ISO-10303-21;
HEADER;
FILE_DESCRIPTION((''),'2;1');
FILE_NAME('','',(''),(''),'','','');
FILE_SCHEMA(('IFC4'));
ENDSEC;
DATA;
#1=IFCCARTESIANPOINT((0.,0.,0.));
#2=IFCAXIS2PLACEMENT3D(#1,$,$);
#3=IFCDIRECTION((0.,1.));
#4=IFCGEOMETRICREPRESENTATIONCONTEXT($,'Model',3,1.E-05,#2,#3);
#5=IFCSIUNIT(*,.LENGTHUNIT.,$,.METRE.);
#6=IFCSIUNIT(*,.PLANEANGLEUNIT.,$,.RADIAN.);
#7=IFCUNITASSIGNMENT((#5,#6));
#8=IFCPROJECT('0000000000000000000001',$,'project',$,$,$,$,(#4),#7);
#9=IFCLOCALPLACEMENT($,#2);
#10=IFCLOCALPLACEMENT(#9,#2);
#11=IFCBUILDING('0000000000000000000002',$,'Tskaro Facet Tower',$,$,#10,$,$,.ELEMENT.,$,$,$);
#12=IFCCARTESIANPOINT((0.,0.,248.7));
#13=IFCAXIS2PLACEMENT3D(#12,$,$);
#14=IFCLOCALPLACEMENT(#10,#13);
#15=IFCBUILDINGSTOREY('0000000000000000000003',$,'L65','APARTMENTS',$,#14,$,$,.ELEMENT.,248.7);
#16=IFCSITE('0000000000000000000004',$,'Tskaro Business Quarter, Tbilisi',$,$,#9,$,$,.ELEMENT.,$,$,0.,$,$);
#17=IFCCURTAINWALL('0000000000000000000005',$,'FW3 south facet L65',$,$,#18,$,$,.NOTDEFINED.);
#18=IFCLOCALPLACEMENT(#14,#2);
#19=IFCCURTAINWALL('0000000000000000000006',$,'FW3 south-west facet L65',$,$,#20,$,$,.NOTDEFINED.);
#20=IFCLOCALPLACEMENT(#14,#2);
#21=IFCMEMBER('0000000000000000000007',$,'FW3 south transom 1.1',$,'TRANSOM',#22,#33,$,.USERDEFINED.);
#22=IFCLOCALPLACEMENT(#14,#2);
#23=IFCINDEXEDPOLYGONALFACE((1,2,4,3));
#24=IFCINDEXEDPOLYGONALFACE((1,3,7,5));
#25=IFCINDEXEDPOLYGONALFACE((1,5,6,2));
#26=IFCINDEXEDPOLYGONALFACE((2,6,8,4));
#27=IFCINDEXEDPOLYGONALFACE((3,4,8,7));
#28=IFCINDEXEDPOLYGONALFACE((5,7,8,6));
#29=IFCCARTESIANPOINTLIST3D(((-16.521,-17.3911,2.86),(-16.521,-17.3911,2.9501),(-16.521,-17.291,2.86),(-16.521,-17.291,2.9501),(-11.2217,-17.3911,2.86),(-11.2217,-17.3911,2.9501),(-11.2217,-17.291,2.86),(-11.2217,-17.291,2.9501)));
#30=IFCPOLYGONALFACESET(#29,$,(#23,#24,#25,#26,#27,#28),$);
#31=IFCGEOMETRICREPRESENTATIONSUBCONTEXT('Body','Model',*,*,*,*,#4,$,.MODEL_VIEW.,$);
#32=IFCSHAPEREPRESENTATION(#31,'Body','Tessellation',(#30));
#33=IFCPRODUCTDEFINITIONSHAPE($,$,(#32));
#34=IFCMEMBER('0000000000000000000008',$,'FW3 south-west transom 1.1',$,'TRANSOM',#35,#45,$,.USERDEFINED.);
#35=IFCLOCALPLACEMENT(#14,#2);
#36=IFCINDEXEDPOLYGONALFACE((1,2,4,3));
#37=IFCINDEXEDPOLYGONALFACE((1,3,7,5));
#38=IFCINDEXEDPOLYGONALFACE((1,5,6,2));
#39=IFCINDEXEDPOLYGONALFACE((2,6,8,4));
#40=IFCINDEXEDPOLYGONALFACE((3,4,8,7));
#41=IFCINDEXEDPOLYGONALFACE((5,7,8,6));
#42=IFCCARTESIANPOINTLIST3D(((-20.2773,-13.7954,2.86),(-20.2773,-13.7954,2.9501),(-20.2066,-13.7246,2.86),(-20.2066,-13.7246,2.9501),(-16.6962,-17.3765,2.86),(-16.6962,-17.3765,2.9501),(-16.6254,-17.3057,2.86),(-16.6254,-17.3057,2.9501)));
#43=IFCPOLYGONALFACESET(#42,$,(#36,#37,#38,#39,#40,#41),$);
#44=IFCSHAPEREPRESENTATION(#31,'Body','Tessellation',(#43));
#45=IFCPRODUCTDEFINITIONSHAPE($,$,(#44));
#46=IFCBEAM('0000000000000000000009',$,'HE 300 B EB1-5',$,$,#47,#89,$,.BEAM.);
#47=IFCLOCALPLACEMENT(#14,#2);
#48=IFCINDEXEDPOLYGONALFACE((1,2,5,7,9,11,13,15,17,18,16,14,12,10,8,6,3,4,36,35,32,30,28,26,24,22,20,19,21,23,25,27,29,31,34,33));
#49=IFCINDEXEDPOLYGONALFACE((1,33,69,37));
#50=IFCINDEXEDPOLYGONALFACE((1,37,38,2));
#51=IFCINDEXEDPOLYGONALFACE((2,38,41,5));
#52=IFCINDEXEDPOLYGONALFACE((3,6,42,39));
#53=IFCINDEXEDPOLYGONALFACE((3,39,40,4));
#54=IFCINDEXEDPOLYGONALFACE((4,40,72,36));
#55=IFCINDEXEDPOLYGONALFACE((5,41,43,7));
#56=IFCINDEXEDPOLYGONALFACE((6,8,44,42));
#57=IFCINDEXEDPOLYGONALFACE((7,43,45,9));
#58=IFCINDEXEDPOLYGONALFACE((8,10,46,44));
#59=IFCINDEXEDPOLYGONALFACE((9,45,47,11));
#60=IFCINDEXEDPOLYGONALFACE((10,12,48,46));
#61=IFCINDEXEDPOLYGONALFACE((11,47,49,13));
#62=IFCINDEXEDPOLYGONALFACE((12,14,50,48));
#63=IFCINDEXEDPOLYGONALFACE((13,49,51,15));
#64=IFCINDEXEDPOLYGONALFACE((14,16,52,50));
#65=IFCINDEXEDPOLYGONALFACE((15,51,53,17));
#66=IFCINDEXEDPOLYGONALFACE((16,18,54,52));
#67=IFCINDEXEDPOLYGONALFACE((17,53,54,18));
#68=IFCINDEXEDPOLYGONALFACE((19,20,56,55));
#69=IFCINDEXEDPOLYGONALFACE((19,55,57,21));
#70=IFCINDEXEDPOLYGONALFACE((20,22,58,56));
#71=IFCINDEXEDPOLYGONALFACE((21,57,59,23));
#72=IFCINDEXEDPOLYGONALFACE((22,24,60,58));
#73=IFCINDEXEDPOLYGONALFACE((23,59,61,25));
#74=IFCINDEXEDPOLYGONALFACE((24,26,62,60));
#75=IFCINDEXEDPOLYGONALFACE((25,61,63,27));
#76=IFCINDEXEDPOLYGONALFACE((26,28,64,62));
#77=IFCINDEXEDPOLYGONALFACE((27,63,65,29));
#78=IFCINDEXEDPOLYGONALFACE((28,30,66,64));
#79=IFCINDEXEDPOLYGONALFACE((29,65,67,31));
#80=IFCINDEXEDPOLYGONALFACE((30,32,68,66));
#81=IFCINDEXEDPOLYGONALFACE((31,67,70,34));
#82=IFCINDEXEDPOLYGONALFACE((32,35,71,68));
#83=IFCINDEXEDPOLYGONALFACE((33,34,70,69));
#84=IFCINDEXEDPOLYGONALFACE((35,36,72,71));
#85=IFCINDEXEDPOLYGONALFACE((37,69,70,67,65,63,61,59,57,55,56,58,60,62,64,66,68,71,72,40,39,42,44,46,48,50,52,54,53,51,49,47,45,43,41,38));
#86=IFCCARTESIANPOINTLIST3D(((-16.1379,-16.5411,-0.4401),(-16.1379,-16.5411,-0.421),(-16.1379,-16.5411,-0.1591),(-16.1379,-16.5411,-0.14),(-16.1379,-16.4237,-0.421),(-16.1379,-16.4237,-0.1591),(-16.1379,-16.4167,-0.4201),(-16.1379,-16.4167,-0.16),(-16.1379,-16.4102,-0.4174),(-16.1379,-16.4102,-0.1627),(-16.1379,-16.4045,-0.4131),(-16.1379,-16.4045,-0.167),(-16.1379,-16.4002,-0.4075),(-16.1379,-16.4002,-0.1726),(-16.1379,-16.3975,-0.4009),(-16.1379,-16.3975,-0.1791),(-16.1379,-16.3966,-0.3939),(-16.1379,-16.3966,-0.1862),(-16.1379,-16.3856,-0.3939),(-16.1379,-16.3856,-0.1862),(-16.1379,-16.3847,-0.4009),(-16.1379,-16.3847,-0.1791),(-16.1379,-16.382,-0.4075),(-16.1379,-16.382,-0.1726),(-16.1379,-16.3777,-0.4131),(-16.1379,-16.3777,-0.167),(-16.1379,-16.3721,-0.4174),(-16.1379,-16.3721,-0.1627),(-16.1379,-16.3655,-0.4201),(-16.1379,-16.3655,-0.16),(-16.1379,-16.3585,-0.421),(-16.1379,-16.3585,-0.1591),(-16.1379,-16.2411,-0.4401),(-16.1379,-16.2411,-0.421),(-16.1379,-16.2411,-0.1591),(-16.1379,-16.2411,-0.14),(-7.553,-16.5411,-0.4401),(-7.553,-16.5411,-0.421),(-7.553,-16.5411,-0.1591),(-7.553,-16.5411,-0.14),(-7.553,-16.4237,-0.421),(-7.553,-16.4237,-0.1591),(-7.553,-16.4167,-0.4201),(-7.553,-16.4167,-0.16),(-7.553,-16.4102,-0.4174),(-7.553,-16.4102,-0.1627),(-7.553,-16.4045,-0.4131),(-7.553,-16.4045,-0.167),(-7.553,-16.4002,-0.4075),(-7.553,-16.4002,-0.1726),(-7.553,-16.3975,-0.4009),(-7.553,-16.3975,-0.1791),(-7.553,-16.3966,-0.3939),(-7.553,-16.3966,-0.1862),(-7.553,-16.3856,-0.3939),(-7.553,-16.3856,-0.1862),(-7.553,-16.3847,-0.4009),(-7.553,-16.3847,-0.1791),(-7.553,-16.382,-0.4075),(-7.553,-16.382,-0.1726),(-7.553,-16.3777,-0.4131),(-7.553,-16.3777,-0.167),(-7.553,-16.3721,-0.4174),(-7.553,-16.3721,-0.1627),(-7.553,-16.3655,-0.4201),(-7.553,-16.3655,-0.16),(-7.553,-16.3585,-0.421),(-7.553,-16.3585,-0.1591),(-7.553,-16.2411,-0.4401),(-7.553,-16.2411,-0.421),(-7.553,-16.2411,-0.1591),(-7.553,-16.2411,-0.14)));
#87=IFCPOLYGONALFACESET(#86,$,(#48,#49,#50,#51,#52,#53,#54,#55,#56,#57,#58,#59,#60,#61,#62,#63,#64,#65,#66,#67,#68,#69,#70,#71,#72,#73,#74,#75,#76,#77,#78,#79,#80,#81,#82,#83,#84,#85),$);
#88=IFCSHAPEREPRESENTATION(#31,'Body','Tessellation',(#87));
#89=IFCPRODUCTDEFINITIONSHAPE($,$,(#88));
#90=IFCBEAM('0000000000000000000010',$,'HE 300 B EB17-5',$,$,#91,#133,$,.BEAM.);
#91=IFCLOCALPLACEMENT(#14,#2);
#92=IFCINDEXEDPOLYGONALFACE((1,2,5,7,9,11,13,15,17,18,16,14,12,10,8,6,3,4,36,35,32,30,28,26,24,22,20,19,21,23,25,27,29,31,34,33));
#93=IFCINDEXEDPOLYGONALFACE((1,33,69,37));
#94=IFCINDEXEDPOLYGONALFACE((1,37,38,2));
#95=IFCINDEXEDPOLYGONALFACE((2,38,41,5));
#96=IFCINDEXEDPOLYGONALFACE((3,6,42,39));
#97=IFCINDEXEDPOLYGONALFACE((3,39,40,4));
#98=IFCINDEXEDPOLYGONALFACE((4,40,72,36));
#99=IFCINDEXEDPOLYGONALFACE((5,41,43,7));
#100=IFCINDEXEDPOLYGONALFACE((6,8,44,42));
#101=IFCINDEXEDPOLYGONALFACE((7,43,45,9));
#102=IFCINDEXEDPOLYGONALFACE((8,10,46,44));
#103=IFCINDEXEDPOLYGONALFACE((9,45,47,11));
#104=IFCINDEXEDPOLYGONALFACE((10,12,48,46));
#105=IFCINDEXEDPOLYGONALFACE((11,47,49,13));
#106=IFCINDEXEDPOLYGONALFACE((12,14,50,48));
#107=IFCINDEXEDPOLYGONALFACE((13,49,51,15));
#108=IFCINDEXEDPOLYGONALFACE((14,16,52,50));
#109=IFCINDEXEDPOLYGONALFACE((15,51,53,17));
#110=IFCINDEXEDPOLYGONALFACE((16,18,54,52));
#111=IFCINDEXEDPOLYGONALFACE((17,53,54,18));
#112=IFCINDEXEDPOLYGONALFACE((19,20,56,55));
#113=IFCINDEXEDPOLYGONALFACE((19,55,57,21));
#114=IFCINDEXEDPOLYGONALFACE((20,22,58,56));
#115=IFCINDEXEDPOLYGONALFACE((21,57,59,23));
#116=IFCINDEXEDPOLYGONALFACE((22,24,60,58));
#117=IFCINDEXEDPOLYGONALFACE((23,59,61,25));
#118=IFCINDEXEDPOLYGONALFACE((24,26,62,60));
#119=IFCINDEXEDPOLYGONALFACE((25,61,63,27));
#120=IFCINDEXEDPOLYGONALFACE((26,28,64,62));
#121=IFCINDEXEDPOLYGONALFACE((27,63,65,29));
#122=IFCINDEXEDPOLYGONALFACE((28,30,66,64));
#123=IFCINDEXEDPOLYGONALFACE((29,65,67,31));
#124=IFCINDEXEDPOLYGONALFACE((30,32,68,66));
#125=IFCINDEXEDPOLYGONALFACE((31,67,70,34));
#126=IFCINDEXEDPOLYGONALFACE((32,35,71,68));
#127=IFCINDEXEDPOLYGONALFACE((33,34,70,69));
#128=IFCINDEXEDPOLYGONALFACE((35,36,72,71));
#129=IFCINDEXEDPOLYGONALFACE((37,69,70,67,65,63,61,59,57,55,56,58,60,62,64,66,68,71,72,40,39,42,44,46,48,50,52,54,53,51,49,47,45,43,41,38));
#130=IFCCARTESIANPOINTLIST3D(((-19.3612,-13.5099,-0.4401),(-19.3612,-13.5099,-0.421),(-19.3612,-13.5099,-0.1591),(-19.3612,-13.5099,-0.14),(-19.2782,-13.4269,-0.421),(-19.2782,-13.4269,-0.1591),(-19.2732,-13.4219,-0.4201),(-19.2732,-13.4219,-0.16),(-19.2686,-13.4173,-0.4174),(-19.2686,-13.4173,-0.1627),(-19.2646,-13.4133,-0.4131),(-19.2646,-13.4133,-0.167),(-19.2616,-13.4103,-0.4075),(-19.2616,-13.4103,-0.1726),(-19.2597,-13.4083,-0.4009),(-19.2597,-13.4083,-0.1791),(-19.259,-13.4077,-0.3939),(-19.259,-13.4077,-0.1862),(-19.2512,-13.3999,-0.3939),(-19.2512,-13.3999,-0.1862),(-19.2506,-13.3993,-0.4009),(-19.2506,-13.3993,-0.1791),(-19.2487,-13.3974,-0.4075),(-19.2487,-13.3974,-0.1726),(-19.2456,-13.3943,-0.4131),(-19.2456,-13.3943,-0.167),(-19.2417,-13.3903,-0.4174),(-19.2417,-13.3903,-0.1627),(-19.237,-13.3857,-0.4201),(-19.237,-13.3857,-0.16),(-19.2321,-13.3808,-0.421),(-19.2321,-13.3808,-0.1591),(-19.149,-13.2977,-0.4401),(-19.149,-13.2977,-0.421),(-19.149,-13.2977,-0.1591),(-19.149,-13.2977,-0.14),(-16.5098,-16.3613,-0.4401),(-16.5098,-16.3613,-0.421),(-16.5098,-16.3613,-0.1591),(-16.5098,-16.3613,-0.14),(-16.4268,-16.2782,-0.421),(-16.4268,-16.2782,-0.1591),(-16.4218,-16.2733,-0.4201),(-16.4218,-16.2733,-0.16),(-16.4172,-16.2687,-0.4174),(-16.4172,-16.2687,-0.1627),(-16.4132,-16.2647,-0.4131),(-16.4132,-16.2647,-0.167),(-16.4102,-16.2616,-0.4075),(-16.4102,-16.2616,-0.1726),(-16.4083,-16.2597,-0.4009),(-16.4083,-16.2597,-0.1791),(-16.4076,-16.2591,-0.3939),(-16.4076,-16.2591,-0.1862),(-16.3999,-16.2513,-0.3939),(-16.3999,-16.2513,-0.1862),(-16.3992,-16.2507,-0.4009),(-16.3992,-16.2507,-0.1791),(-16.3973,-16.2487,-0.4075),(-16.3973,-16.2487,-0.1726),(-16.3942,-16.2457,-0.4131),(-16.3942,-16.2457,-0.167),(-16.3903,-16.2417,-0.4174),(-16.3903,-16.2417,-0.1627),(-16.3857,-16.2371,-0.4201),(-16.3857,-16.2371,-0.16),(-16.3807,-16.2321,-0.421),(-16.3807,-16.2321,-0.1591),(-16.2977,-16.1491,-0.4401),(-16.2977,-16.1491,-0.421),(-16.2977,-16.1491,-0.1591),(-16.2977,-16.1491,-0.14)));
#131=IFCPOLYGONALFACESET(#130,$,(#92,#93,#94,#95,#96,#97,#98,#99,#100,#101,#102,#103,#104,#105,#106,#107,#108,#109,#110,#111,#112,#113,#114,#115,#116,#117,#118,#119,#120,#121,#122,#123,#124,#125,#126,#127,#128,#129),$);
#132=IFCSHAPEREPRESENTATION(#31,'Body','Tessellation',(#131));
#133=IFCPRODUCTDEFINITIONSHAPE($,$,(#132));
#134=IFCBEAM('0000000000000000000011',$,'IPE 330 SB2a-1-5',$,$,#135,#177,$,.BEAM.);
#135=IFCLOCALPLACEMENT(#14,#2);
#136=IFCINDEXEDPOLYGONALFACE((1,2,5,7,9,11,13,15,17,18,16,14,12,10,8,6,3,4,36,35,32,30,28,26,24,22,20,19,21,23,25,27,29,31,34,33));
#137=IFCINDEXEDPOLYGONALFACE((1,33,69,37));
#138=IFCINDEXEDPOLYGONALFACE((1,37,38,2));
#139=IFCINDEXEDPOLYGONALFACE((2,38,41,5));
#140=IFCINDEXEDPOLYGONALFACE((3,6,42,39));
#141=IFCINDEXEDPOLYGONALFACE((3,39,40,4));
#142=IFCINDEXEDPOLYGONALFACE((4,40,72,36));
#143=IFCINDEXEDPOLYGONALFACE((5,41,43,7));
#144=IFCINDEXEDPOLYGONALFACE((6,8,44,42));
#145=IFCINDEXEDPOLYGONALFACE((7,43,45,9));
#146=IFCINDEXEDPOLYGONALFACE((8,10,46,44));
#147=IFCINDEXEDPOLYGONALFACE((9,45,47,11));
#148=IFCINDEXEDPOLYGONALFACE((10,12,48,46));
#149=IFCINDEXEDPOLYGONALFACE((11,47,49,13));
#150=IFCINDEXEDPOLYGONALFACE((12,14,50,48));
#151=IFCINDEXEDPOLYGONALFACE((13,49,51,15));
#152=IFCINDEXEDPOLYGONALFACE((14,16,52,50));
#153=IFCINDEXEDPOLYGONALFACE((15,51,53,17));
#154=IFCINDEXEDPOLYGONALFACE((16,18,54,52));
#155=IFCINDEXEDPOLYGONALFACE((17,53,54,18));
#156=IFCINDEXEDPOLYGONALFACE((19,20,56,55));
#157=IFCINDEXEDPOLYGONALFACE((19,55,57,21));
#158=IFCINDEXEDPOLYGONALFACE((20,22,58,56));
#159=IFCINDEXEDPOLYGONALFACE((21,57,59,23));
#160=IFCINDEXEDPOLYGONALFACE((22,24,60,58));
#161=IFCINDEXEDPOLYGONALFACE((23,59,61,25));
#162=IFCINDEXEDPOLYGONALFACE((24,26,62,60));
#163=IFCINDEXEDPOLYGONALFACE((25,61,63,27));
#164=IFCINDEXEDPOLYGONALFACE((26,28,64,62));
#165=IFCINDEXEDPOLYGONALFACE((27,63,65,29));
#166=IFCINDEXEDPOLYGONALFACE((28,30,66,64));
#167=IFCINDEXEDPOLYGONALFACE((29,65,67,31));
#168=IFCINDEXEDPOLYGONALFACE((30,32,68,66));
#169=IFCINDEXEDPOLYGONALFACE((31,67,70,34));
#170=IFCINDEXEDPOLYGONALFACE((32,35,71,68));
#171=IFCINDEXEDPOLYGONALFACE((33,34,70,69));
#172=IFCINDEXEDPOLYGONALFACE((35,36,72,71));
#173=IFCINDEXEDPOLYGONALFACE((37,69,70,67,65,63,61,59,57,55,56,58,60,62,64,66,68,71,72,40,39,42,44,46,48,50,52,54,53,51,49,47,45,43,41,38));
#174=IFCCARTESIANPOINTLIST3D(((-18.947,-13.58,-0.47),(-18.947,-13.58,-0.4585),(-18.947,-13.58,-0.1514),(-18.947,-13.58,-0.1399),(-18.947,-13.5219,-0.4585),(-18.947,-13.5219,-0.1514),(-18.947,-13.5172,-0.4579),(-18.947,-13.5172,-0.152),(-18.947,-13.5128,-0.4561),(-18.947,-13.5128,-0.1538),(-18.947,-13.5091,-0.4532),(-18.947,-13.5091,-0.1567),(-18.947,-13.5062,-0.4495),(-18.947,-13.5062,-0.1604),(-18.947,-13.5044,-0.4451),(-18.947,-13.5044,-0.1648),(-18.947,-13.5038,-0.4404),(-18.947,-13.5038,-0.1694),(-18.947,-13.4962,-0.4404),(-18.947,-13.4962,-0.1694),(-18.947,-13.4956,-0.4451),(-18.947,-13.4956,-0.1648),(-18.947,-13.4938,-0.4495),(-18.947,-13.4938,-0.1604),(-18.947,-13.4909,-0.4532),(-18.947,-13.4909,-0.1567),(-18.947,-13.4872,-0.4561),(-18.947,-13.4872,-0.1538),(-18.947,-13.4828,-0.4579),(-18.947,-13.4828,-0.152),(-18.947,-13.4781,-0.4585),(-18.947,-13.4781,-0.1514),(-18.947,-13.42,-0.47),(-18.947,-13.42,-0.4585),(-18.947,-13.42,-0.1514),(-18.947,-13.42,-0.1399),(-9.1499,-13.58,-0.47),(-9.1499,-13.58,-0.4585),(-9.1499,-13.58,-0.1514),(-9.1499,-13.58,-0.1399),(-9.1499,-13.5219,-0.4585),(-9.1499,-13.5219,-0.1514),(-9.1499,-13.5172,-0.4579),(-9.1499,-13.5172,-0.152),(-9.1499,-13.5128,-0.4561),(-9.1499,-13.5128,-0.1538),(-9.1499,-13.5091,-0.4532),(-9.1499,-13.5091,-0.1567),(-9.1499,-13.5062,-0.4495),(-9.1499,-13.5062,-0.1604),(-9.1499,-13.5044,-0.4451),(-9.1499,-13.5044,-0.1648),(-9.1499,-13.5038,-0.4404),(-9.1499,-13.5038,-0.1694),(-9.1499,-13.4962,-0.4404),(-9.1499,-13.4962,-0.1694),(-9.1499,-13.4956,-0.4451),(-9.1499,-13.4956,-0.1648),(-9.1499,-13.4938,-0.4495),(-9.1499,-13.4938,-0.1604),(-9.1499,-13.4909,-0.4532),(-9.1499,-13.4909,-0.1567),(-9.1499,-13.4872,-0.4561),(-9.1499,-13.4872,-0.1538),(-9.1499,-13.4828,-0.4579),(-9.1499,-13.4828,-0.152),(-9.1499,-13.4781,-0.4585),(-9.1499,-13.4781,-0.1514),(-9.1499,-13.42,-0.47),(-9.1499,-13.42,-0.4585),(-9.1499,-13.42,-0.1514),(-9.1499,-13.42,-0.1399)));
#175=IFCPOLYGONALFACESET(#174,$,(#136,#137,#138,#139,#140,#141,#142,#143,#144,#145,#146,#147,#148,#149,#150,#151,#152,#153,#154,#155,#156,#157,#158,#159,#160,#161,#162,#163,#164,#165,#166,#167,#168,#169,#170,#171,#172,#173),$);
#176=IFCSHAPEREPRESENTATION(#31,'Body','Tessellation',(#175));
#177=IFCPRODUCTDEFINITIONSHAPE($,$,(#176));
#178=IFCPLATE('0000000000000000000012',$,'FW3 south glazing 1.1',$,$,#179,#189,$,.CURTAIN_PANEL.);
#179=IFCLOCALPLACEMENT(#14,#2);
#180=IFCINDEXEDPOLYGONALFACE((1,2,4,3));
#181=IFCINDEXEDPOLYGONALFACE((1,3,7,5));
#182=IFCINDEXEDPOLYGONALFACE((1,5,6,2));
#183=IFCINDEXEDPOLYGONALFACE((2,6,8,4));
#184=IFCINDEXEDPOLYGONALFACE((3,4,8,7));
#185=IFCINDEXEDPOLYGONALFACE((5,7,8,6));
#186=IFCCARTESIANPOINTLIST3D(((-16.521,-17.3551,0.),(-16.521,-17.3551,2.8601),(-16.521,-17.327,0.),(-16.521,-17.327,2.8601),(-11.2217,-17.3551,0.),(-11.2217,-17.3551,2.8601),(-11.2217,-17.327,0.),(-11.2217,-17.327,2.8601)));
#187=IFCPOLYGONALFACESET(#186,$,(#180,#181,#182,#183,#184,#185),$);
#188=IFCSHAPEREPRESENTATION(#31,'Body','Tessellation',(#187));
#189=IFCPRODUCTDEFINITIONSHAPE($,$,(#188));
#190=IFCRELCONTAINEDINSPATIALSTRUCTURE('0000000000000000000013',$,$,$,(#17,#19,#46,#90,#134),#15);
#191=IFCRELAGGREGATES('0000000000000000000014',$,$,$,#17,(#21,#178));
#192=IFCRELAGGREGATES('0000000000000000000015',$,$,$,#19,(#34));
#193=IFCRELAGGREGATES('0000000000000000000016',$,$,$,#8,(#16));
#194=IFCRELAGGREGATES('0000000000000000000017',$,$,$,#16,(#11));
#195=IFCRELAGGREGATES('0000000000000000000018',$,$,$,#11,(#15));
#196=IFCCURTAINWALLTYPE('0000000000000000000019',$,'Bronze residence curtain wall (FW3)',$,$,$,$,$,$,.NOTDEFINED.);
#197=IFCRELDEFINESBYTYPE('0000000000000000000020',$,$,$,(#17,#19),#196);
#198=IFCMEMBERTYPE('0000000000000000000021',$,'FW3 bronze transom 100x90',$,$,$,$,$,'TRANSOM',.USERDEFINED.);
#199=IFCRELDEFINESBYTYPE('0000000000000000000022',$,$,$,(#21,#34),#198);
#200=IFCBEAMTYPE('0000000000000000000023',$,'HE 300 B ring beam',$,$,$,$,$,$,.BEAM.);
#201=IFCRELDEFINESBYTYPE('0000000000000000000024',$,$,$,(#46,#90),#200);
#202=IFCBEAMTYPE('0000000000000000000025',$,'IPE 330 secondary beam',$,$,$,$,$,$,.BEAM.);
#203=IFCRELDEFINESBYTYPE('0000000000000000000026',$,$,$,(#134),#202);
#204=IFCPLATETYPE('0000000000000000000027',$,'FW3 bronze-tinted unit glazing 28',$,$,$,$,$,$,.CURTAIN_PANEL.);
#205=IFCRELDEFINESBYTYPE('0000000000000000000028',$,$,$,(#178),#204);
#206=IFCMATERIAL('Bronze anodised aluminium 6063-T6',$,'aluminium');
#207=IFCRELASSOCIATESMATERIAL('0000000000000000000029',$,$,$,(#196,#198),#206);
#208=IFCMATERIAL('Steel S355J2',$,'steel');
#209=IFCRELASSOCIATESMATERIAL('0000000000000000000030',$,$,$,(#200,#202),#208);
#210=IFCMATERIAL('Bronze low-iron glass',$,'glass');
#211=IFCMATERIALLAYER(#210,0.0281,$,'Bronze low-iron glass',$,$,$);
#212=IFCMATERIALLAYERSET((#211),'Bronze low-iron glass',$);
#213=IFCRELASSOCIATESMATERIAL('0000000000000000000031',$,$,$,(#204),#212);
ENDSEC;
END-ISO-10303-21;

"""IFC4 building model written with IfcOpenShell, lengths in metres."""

from ifc_helpers import new_model, si_unit, direction, frame, origin, origin_2d, place, context, subcontext, project, spatial, rectangle, i_section, extrude, material, layer, layer_set, material_profile, profile_set, type_object, element, aggregate, save


model = new_model("IFC4")

# Units and contexts
model_context = context("Model", 3, precision=1e-05, world=origin(), true_north=direction((0.0, 1.0)))
body_context = subcontext(model_context, "Body", "Model", "MODEL_VIEW")
ifc_project = project(units=[si_unit("LENGTHUNIT", "METRE"), si_unit("PLANEANGLEUNIT", "RADIAN")], contexts=[model_context])

# Site, building, storey
site_placement = place(None, origin())
site = spatial("IfcSite", under=ifc_project, at=site_placement, Name="Tskaro Business Quarter, Tbilisi", CompositionType="ELEMENT", RefElevation=0.0)
building_placement = place(site_placement, origin())
building = spatial("IfcBuilding", under=site, at=building_placement, Name="Tskaro Facet Tower", CompositionType="ELEMENT")
storey_placement = place(building_placement, frame((0.0, 0.0, 248.7)))
storey = spatial("IfcBuildingStorey", under=building, at=storey_placement, Name="L65", Description="APARTMENTS", CompositionType="ELEMENT", Elevation=248.7)

# Shared definitions
ifc_material_1 = material(Name="Steel S355J2", Category="steel")

# Curtain walls
ifc_material_2 = material(Name="Bronze anodised aluminium 6063-T6", Category="aluminium")
curtain_wall_type = type_object("IfcCurtainWallType", Name="Bronze residence curtain wall (FW3)", PredefinedType="NOTDEFINED", material=ifc_material_2)
curtain_wall_1_placement = place(storey_placement, origin())
curtain_wall_1 = element("IfcCurtainWall", 1, at=curtain_wall_1_placement, inside=storey, type_object=curtain_wall_type, Name="FW3 south facet L65", PredefinedType="NOTDEFINED")
curtain_wall_2_placement = place(storey_placement, origin())
curtain_wall_2 = element("IfcCurtainWall", 2, at=curtain_wall_2_placement, inside=storey, type_object=curtain_wall_type, Name="FW3 south-west facet L65", PredefinedType="NOTDEFINED")

# Members
ifc_material_profile_1 = material_profile(ifc_material_2, rectangle(XDim=0.1001, YDim=0.0901, at=origin_2d()), Name="Transom 100x90")
ifc_profile_set_1 = profile_set([ifc_material_profile_1], Name="Bronze anodised aluminium 6063-T6")
member_type_1 = type_object("IfcMemberType", Name="FW3 bronze transom 100x90", ElementType="TRANSOM", PredefinedType="USERDEFINED", material=ifc_profile_set_1)
member_1_placement = place(storey_placement, frame((-16.521, -17.3411, 2.905), z_axis=(1.0, 0.0, 0.0), x_axis=(0.0, 1.0, 0.0)))
member_1 = element("IfcMember", 3, at=member_1_placement, type_object=member_type_1, Name="FW3 south transom 1.1", ObjectType="TRANSOM", PredefinedType="USERDEFINED", context=body_context, shape_type="SweptSolid", body=[
    extrude(rectangle(XDim=0.1001, YDim=0.0901, at=origin_2d()), origin(), (0.0, 0.0, 1.0), 5.2993),
])
member_2_placement = place(storey_placement, frame((-20.2419, -13.76, 2.905), z_axis=(0.707107, -0.707107, 0.0), x_axis=(0.707107, 0.707107, 0.0)))
member_2 = element("IfcMember", 4, at=member_2_placement, type_object=member_type_1, Name="FW3 south-west transom 1.1", ObjectType="TRANSOM", PredefinedType="USERDEFINED", context=body_context, shape_type="SweptSolid", body=[
    extrude(rectangle(XDim=0.1001, YDim=0.0901, at=origin_2d()), origin(), (0.0, 0.0, 1.0), 5.0645),
])

# Beams
ifc_material_profile_2 = material_profile(ifc_material_1, i_section(OverallWidth=0.3, OverallDepth=0.3, WebThickness=0.011, FlangeThickness=0.019, FilletRadius=0.0271, at=origin_2d()), Name="HE 300 B")
ifc_profile_set_2 = profile_set([ifc_material_profile_2], Name="Steel S355J2")
beam_type_1 = type_object("IfcBeamType", Name="HE 300 B ring beam", PredefinedType="BEAM", material=ifc_profile_set_2)
beam_1_placement = place(storey_placement, frame((-16.1379, -16.3911, -0.29), z_axis=(1.0, 0.0, 0.0), x_axis=(0.0, 1.0, 0.0)))
element("IfcBeam", 5, at=beam_1_placement, inside=storey, type_object=beam_type_1, Name="HE 300 B EB1-5", PredefinedType="BEAM", context=body_context, shape_type="SweptSolid", body=[
    extrude(i_section(OverallWidth=0.3, OverallDepth=0.3, WebThickness=0.011, FlangeThickness=0.019, FilletRadius=0.0271, at=origin_2d()), origin(), (0.0, 0.0, 1.0), 8.585),
])
beam_2_placement = place(storey_placement, frame((-19.2551, -13.4038, -0.29), z_axis=(0.707107, -0.707107, 0.0), x_axis=(0.707107, 0.707107, 0.0)))
element("IfcBeam", 6, at=beam_2_placement, inside=storey, type_object=beam_type_1, Name="HE 300 B EB17-5", PredefinedType="BEAM", context=body_context, shape_type="SweptSolid", body=[
    extrude(i_section(OverallWidth=0.3, OverallDepth=0.3, WebThickness=0.011, FlangeThickness=0.019, FilletRadius=0.0271, at=origin_2d()), origin(), (0.0, 0.0, 1.0), 4.0325),
])
ifc_material_profile_3 = material_profile(ifc_material_1, i_section(OverallWidth=0.1599, OverallDepth=0.3301, WebThickness=0.0076, FlangeThickness=0.0115, FilletRadius=0.0181, at=origin_2d()), Name="IPE 330")
ifc_profile_set_3 = profile_set([ifc_material_profile_3], Name="Steel S355J2")
beam_type_2 = type_object("IfcBeamType", Name="IPE 330 secondary beam", PredefinedType="BEAM", material=ifc_profile_set_3)
beam_3_placement = place(storey_placement, frame((-18.947, -13.5, -0.3049), z_axis=(1.0, 0.0, 0.0), x_axis=(0.0, 1.0, 0.0)))
element("IfcBeam", 7, at=beam_3_placement, inside=storey, type_object=beam_type_2, Name="IPE 330 SB2a-1-5", PredefinedType="BEAM", context=body_context, shape_type="SweptSolid", body=[
    extrude(i_section(OverallWidth=0.1599, OverallDepth=0.3301, WebThickness=0.0076, FlangeThickness=0.0115, FilletRadius=0.0181, at=origin_2d()), origin(), (0.0, 0.0, 1.0), 9.7971),
])

# Plate
ifc_material_3 = material(Name="Bronze low-iron glass", Category="glass")
ifc_layer_1 = layer(ifc_material_3, 0.0281, Name="Bronze low-iron glass")
ifc_layer_set_1 = layer_set([ifc_layer_1], Name="Bronze low-iron glass")
plate_type = type_object("IfcPlateType", Name="FW3 bronze-tinted unit glazing 28", PredefinedType="CURTAIN_PANEL", material=ifc_layer_set_1)
plate_1_placement = place(storey_placement, frame((-13.8713, -17.3411, 0.0), z_axis=(0.0, 0.0, 1.0), x_axis=(1.0, 0.0, 0.0)))
plate_1 = element("IfcPlate", 8, at=plate_1_placement, type_object=plate_type, Name="FW3 south glazing 1.1", PredefinedType="CURTAIN_PANEL", context=body_context, shape_type="SweptSolid", body=[
    extrude(rectangle(XDim=5.2993, YDim=0.0281, at=origin_2d()), origin(), (0.0, 0.0, 1.0), 2.8601),
])
aggregate(curtain_wall_1, [member_1, plate_1])
aggregate(curtain_wall_2, [member_2])

save(model, "model.ifc")
